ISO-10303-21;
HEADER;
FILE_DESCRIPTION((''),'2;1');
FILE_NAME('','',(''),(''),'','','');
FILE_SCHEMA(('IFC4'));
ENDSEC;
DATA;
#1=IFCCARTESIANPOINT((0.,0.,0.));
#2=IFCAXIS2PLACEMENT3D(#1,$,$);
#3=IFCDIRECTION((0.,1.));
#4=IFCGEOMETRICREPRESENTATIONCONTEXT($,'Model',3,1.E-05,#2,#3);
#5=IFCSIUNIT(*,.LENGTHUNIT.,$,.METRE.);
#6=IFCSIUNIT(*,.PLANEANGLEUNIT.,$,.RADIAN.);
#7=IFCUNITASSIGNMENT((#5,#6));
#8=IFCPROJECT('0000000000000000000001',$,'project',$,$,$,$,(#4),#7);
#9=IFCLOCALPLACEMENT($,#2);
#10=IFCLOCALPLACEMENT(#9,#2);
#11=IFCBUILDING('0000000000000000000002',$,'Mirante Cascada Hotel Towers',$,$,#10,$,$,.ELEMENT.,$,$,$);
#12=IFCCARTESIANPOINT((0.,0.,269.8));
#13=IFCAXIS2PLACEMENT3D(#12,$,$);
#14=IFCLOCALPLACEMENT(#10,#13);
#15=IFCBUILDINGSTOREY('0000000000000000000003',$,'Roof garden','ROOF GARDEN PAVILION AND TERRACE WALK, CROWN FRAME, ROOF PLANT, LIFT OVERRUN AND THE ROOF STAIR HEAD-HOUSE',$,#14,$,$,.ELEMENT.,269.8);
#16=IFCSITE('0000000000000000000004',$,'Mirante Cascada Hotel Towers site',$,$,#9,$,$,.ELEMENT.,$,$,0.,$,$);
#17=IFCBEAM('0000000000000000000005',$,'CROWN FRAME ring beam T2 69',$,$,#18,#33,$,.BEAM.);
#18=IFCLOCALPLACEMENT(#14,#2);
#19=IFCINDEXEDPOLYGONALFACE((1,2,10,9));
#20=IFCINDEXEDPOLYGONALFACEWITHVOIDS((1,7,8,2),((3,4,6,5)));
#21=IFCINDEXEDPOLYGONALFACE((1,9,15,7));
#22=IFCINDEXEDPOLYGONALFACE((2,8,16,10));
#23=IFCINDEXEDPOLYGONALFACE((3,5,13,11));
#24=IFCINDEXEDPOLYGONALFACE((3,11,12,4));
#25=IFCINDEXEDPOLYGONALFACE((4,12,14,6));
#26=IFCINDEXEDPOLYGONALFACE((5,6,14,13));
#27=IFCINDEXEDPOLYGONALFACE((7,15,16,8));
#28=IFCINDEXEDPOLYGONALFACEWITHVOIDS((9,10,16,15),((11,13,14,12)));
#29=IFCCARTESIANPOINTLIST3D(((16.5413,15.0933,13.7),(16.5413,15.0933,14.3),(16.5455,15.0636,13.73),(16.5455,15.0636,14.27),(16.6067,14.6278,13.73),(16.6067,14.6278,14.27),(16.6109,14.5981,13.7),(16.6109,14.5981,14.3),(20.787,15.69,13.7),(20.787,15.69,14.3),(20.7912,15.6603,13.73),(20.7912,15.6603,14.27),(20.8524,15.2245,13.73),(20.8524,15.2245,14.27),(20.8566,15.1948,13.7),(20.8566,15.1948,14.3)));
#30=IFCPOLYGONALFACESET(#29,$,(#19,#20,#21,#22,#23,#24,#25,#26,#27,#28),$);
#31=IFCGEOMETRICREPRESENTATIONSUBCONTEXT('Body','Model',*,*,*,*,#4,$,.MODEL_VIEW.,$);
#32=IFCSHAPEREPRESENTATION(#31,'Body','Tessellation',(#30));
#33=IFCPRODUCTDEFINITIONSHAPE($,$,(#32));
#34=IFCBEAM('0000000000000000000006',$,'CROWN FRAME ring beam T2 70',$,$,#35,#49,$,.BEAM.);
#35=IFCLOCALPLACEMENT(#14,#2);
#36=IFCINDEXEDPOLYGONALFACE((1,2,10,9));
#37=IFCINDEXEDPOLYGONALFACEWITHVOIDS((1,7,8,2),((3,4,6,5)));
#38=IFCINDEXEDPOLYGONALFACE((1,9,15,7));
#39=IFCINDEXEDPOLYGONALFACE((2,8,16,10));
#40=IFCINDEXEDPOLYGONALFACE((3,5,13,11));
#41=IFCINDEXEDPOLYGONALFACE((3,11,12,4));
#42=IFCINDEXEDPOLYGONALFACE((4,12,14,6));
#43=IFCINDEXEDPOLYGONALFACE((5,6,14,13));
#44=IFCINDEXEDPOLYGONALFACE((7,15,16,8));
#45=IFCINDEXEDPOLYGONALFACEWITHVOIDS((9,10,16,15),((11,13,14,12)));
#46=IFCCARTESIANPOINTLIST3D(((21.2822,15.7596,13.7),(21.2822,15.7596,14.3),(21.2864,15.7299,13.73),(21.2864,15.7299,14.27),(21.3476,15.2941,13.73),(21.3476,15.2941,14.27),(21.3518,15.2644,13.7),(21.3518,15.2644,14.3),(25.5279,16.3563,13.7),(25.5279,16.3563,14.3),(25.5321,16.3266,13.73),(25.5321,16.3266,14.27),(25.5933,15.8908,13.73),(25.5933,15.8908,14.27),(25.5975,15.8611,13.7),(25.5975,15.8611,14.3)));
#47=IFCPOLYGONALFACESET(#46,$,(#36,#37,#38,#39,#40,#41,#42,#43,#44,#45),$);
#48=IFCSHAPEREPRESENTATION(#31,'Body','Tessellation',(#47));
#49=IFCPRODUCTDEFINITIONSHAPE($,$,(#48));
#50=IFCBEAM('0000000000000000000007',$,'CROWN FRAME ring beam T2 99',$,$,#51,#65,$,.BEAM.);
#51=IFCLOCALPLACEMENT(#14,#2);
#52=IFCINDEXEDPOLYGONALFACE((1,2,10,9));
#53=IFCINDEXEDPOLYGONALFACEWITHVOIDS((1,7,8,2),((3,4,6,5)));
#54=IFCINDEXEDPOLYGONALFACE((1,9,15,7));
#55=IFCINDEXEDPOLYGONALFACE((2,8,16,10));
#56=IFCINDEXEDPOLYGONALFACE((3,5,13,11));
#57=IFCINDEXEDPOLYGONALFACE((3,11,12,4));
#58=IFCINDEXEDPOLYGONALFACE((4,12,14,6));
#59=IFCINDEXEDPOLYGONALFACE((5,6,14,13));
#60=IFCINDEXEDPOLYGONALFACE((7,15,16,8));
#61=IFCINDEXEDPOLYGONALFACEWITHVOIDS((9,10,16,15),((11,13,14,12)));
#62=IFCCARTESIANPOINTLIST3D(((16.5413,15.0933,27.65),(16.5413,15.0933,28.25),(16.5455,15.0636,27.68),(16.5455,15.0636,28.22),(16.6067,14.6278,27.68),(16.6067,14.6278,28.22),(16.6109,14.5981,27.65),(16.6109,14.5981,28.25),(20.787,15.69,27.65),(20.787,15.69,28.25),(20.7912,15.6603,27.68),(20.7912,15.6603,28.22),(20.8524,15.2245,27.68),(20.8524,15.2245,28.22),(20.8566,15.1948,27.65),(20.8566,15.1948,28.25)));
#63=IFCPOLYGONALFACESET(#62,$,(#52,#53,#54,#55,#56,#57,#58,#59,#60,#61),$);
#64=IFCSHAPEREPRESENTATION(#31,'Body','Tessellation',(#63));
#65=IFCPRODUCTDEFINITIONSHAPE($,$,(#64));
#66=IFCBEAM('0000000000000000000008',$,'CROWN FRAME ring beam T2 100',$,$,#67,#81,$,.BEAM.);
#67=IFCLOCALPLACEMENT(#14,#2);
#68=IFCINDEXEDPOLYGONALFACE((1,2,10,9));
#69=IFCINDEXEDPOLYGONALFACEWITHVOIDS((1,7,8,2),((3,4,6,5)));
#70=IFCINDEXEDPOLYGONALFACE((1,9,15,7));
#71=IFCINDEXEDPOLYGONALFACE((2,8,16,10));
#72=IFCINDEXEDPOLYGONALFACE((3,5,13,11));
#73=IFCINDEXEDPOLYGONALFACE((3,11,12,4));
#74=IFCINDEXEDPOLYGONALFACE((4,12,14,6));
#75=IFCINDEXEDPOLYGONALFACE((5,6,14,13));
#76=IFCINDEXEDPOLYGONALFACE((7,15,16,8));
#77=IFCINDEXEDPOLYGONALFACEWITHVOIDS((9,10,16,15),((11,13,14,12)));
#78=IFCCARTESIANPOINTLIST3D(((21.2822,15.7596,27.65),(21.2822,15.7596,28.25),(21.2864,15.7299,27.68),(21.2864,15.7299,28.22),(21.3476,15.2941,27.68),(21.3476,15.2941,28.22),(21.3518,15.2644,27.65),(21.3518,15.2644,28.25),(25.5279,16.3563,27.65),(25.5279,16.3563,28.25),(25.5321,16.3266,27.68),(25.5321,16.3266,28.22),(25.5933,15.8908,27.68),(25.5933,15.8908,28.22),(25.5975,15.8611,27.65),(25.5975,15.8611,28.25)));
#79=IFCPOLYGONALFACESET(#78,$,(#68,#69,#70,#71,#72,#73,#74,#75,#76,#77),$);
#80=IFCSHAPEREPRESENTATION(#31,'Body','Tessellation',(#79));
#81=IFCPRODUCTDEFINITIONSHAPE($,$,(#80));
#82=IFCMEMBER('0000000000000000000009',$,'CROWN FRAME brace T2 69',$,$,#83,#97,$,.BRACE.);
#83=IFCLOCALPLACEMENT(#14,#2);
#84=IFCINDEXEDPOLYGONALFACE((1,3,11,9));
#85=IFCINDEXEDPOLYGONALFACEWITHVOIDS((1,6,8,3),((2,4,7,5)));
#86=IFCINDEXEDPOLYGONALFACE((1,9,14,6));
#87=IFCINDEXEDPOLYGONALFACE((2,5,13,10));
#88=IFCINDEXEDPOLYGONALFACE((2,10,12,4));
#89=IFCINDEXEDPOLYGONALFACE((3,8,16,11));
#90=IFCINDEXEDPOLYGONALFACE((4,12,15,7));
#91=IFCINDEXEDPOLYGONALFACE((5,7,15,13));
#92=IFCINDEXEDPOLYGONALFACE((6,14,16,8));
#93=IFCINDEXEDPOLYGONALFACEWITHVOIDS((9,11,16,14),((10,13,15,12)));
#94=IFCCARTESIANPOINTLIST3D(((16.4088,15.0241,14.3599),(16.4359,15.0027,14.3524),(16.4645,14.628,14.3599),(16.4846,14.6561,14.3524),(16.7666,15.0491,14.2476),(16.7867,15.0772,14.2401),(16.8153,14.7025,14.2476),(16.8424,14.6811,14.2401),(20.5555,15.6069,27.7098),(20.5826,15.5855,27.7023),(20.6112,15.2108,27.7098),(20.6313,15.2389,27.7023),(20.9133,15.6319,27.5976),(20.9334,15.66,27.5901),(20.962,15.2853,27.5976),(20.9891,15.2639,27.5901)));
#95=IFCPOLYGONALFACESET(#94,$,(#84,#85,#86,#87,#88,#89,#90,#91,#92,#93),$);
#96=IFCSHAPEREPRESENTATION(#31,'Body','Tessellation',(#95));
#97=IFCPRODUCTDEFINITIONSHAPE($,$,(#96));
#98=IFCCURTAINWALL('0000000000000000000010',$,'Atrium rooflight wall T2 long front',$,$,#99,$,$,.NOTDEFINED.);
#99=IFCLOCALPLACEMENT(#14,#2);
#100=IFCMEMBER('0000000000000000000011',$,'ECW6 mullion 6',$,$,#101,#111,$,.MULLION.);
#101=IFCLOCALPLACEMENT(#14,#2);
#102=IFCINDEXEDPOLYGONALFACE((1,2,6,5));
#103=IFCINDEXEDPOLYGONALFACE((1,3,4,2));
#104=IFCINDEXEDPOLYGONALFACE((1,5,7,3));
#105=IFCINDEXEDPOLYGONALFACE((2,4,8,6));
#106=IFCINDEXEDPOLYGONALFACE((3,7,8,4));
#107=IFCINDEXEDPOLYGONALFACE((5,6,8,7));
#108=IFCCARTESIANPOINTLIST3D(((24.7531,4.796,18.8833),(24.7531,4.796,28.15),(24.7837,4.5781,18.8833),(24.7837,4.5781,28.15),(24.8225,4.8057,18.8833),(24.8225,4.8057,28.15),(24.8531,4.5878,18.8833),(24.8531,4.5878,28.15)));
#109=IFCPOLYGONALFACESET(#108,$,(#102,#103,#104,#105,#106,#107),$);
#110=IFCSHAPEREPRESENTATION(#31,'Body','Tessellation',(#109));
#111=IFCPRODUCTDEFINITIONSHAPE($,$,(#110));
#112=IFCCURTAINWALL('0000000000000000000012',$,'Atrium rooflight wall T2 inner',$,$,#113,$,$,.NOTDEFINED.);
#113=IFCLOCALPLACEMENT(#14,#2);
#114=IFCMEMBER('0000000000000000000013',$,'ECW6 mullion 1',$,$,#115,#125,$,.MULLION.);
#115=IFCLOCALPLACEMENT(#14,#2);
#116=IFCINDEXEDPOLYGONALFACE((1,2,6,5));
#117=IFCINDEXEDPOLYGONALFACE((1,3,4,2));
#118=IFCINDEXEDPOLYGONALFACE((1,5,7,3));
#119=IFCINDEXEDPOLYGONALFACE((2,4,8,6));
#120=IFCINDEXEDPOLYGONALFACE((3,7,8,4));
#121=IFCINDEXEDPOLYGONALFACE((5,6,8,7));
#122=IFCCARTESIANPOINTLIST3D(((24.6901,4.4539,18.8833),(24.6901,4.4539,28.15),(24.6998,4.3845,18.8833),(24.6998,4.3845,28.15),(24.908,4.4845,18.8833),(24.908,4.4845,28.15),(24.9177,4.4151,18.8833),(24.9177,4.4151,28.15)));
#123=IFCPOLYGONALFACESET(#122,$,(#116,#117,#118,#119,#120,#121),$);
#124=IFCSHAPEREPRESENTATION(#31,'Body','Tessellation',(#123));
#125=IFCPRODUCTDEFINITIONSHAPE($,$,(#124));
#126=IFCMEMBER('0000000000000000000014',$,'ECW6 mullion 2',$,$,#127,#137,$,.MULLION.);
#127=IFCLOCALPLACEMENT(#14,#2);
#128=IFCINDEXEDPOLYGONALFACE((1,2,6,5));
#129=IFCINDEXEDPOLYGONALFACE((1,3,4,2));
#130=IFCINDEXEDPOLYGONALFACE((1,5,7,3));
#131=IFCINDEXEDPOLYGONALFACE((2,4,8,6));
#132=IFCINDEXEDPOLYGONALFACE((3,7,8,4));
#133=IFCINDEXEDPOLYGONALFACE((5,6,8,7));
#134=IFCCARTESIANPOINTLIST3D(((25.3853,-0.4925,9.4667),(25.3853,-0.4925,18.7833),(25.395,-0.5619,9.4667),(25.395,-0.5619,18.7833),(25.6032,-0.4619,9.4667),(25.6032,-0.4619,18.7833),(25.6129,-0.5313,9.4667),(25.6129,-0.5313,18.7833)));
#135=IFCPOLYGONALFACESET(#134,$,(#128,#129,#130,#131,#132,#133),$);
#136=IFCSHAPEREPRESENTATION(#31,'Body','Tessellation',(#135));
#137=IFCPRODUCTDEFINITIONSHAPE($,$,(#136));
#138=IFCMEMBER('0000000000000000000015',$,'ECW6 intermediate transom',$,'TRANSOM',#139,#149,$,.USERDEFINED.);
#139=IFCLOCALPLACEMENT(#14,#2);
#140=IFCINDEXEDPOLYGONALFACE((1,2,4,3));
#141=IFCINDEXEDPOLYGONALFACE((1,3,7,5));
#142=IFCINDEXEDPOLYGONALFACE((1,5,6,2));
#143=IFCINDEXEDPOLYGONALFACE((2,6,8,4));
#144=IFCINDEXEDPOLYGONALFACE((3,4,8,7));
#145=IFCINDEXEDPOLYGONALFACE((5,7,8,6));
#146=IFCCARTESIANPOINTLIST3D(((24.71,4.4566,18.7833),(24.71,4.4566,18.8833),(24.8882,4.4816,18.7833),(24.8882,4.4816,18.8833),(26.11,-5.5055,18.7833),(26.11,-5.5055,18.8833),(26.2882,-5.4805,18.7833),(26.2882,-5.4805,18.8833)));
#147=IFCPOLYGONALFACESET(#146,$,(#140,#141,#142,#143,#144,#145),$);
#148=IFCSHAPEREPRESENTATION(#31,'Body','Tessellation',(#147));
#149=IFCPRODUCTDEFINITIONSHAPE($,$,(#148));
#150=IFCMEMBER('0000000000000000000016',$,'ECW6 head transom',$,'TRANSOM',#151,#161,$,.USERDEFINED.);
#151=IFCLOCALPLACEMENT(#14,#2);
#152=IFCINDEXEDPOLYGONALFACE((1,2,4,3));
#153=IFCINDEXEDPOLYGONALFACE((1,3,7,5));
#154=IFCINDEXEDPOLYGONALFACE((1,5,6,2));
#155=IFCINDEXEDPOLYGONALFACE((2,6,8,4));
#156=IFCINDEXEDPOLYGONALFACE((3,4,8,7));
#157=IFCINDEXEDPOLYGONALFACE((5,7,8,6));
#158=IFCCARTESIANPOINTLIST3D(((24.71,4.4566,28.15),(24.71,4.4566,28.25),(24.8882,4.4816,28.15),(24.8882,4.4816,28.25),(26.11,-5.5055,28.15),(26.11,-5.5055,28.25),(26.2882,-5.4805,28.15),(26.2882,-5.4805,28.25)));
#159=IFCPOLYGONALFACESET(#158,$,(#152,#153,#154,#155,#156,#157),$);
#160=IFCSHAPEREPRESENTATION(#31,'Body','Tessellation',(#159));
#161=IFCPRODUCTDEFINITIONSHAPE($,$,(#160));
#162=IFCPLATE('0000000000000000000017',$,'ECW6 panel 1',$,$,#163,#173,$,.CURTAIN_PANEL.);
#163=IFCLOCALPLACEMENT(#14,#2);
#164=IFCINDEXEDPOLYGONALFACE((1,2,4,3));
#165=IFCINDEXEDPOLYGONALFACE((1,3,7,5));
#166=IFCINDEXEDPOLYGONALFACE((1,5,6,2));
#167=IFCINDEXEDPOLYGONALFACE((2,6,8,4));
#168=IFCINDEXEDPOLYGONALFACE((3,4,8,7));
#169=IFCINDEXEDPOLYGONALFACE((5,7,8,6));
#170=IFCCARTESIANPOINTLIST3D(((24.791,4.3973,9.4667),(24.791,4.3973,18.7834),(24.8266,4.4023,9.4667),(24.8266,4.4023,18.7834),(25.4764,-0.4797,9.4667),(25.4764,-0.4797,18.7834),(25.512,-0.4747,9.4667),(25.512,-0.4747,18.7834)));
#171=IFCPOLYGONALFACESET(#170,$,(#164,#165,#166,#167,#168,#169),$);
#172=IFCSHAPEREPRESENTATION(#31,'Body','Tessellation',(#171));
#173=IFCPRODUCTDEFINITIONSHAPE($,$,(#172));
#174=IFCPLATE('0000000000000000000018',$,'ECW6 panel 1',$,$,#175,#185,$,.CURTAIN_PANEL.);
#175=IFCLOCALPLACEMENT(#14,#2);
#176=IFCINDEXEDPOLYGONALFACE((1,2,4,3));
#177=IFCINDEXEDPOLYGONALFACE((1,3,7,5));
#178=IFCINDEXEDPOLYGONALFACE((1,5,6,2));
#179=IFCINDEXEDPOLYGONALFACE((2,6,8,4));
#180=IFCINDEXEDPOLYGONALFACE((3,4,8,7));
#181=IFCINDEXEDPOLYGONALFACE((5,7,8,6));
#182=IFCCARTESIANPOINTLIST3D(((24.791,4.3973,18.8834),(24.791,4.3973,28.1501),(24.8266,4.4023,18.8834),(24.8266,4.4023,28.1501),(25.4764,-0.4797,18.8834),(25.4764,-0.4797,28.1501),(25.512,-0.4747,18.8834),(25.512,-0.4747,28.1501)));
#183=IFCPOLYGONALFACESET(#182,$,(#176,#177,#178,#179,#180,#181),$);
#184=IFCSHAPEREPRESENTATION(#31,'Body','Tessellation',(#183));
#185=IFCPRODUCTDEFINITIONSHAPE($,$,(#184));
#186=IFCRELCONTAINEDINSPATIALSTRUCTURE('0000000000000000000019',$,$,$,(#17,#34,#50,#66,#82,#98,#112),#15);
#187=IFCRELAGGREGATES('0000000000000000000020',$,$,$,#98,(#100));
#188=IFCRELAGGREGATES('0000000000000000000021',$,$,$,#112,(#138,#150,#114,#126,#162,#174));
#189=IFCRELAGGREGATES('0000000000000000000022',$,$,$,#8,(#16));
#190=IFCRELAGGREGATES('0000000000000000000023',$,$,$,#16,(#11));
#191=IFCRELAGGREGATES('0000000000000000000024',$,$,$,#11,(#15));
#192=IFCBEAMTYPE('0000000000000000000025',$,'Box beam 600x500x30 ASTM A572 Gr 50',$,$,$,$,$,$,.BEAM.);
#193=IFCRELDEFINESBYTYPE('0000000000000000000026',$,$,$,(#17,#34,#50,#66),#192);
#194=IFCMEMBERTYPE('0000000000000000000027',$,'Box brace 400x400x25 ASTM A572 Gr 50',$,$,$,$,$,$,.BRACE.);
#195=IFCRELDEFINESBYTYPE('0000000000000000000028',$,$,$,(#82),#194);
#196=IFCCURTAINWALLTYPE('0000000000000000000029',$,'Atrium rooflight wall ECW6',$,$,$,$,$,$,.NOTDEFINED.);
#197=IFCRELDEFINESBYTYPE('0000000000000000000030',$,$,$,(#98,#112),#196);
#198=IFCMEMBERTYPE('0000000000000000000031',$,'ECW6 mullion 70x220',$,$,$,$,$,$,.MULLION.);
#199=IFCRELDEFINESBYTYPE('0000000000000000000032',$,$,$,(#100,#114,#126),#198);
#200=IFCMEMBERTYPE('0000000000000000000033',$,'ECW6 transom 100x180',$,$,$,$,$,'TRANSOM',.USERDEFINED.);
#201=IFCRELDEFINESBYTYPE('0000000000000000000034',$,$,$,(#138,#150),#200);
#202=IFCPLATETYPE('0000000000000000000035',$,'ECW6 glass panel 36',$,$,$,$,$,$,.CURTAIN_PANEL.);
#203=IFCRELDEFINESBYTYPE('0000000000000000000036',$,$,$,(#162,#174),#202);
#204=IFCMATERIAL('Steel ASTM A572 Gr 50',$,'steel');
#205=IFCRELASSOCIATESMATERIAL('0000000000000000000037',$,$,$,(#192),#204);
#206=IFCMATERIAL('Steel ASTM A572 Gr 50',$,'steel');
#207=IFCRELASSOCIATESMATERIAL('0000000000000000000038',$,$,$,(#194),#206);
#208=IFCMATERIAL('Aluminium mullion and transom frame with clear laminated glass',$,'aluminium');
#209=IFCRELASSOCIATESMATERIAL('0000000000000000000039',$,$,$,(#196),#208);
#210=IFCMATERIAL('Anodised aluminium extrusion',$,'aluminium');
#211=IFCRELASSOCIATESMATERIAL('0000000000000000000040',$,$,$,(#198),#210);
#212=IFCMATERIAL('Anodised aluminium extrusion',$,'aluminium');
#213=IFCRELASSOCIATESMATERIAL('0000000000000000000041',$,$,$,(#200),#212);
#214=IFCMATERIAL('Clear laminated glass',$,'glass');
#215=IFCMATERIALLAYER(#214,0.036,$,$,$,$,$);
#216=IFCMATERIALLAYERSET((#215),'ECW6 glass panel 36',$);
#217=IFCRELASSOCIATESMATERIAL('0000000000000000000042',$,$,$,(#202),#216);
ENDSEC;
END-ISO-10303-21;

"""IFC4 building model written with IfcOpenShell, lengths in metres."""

from ifc_helpers import new_model, si_unit, direction, frame, origin, origin_2d, place, context, subcontext, project, spatial, rectangle, hollow_rectangle, extrude, material, layer, layer_set, material_profile, profile_set, type_object, element, aggregate, save


model = new_model("IFC4")

# Units and contexts
model_context = context("Model", 3, precision=1e-05, world=origin(), true_north=direction((0.0, 1.0)))
body_context = subcontext(model_context, "Body", "Model", "MODEL_VIEW")
ifc_project = project(units=[si_unit("LENGTHUNIT", "METRE"), si_unit("PLANEANGLEUNIT", "RADIAN")], contexts=[model_context])

# Site, building, storey
site_placement = place(None, origin())
site = spatial("IfcSite", under=ifc_project, at=site_placement, Name="Mirante Cascada Hotel Towers site", CompositionType="ELEMENT", RefElevation=0.0)
building_placement = place(site_placement, origin())
building = spatial("IfcBuilding", under=site, at=building_placement, Name="Mirante Cascada Hotel Towers", CompositionType="ELEMENT")
storey_placement = place(building_placement, frame((0.0, 0.0, 269.8)))
storey = spatial("IfcBuildingStorey", under=building, at=storey_placement, Name="Roof garden", Description="ROOF GARDEN PAVILION AND TERRACE WALK, CROWN FRAME, ROOF PLANT, LIFT OVERRUN AND THE ROOF STAIR HEAD-HOUSE", CompositionType="ELEMENT", Elevation=269.8)

# Beams
ifc_material_1 = material(Name="Steel ASTM A572 Gr 50", Category="steel")
ifc_material_profile_1 = material_profile(ifc_material_1, hollow_rectangle(XDim=0.5, YDim=0.6, WallThickness=0.03, at=origin_2d()), Name="Box beam 600x500x30 ASTM A572 Gr 50")
ifc_profile_set_1 = profile_set([ifc_material_profile_1], Name="Steel ASTM A572 Gr 50")
beam_type = type_object("IfcBeamType", Name="Box beam 600x500x30 ASTM A572 Gr 50", PredefinedType="BEAM", material=ifc_profile_set_1)
for number, where, z_axis, x_axis, name in (
    (1, (16.5761, 14.8457, 14.0), (0.990268, 0.139174, 0.0), (-0.139174, 0.990268, 0.0), "CROWN FRAME ring beam T2 69"),
    (2, (21.317, 15.512, 14.0), (0.990268, 0.139174, 0.0), (-0.139174, 0.990268, 0.0), "CROWN FRAME ring beam T2 70"),
    (3, (16.5761, 14.8457, 27.95), (0.990268, 0.139174, 0.0), (-0.139174, 0.990268, 0.0), "CROWN FRAME ring beam T2 99"),
    (4, (21.317, 15.512, 27.95), (0.990268, 0.139174, 0.0), (-0.139174, 0.990268, 0.0), "CROWN FRAME ring beam T2 100"),
):
    element("IfcBeam", number, at=place(storey_placement, frame(where, z_axis=z_axis, x_axis=x_axis)), inside=storey, type_object=beam_type, Name=name, PredefinedType="BEAM", context=body_context, shape_type="SweptSolid", body=[
        extrude(hollow_rectangle(XDim=0.5, YDim=0.6, WallThickness=0.03, at=origin_2d()), origin(), (0.0, 0.0, 1.0), 4.2874),
    ])

# Member
ifc_material_2 = material(Name="Steel ASTM A572 Gr 50", Category="steel")
ifc_material_profile_2 = material_profile(ifc_material_2, hollow_rectangle(XDim=0.4, YDim=0.4, WallThickness=0.025, at=origin_2d()), Name="Box brace 400x400x25 ASTM A572 Gr 50")
ifc_profile_set_2 = profile_set([ifc_material_profile_2], Name="Steel ASTM A572 Gr 50")
member_type_1 = type_object("IfcMemberType", Name="Box brace 400x400x25 ASTM A572 Gr 50", PredefinedType="BRACE", material=ifc_profile_set_2)
member_1_placement = place(storey_placement, frame((16.6256, 14.8526, 14.3), z_axis=(0.296376, 0.041654, 0.954162), x_axis=(-0.139178, 0.990267, 0.0)))
element("IfcMember", 5, at=member_1_placement, inside=storey, type_object=member_type_1, Name="CROWN FRAME brace T2 69", PredefinedType="BRACE", context=body_context, shape_type="SweptSolid", body=[
    extrude(hollow_rectangle(XDim=0.4, YDim=0.4, WallThickness=0.025, at=origin_2d()), origin(), (0.0, 0.0, 1.0), 13.9913),
])

# Curtain wall, member
ifc_material_3 = material(Name="Aluminium mullion and transom frame with clear laminated glass", Category="aluminium")
curtain_wall_type = type_object("IfcCurtainWallType", Name="Atrium rooflight wall ECW6", PredefinedType="NOTDEFINED", material=ifc_material_3)
curtain_wall_1_placement = place(storey_placement, origin())
curtain_wall_1 = element("IfcCurtainWall", 6, at=curtain_wall_1_placement, inside=storey, type_object=curtain_wall_type, Name="Atrium rooflight wall T2 long front", PredefinedType="NOTDEFINED")
ifc_material_4 = material(Name="Anodised aluminium extrusion", Category="aluminium")
ifc_material_profile_3 = material_profile(ifc_material_4, rectangle(XDim=0.22, YDim=0.07, at=origin_2d()), Name="ECW6 MULLION 70x220")
ifc_profile_set_3 = profile_set([ifc_material_profile_3], Name="Anodised aluminium extrusion")
member_type_2 = type_object("IfcMemberType", Name="ECW6 mullion 70x220", PredefinedType="MULLION", material=ifc_profile_set_3)
member_2_placement = place(storey_placement, frame((24.8031, 4.6919, 18.8833), z_axis=(0.0, 0.0, 1.0), x_axis=(0.139173, -0.990268, 0.0)))
member_2 = element("IfcMember", 7, at=member_2_placement, type_object=member_type_2, Name="ECW6 mullion 6", PredefinedType="MULLION", context=body_context, shape_type="SweptSolid", body=[
    extrude(rectangle(XDim=0.22, YDim=0.07, at=origin_2d()), origin(), (0.0, 0.0, 1.0), 9.2667),
])
aggregate(curtain_wall_1, [member_2])

# Curtain wall, members, plates
curtain_wall_2_placement = place(storey_placement, origin())
curtain_wall_2 = element("IfcCurtainWall", 8, at=curtain_wall_2_placement, inside=storey, type_object=curtain_wall_type, Name="Atrium rooflight wall T2 inner", PredefinedType="NOTDEFINED")
member_3_placement = place(storey_placement, frame((24.8039, 4.4345, 18.8833), z_axis=(0.0, 0.0, 1.0), x_axis=(0.990268, 0.139173, 0.0)))
member_3 = element("IfcMember", 9, at=member_3_placement, type_object=member_type_2, Name="ECW6 mullion 1", PredefinedType="MULLION", context=body_context, shape_type="SweptSolid", body=[
    extrude(rectangle(XDim=0.22, YDim=0.07, at=origin_2d()), origin(), (0.0, 0.0, 1.0), 9.2667),
])
member_4_placement = place(storey_placement, frame((25.4991, -0.5119, 9.4667), z_axis=(0.0, 0.0, 1.0), x_axis=(0.990268, 0.139173, 0.0)))
member_4 = element("IfcMember", 10, at=member_4_placement, type_object=member_type_2, Name="ECW6 mullion 2", PredefinedType="MULLION", context=body_context, shape_type="SweptSolid", body=[
    extrude(rectangle(XDim=0.22, YDim=0.07, at=origin_2d()), origin(), (0.0, 0.0, 1.0), 9.3166),
])
ifc_material_5 = material(Name="Anodised aluminium extrusion", Category="aluminium")
ifc_material_profile_4 = material_profile(ifc_material_5, rectangle(XDim=0.18, YDim=0.1, at=origin_2d()), Name="ECW6 TRANSOM 100x180")
ifc_profile_set_4 = profile_set([ifc_material_profile_4], Name="Anodised aluminium extrusion")
member_type_3 = type_object("IfcMemberType", Name="ECW6 transom 100x180", ElementType="TRANSOM", PredefinedType="USERDEFINED", material=ifc_profile_set_4)
member_5_placement = place(storey_placement, frame((24.7991, 4.4691, 18.8333), z_axis=(0.139165, -0.990269, 0.0), x_axis=(0.990269, 0.139165, 0.0)))
member_5 = element("IfcMember", 11, at=member_5_placement, type_object=member_type_3, Name="ECW6 intermediate transom", ObjectType="TRANSOM", PredefinedType="USERDEFINED", context=body_context, shape_type="SweptSolid", body=[
    extrude(rectangle(XDim=0.18, YDim=0.1, at=origin_2d()), origin(), (0.0, 0.0, 1.0), 10.06),
])
member_6_placement = place(storey_placement, frame((24.7991, 4.4691, 28.2), z_axis=(0.139165, -0.990269, 0.0), x_axis=(0.990269, 0.139165, 0.0)))
member_6 = element("IfcMember", 12, at=member_6_placement, type_object=member_type_3, Name="ECW6 head transom", ObjectType="TRANSOM", PredefinedType="USERDEFINED", context=body_context, shape_type="SweptSolid", body=[
    extrude(rectangle(XDim=0.18, YDim=0.1, at=origin_2d()), origin(), (0.0, 0.0, 1.0), 10.06),
])
ifc_material_6 = material(Name="Clear laminated glass", Category="glass")
ifc_layer_1 = layer(ifc_material_6, 0.036)
ifc_layer_set_1 = layer_set([ifc_layer_1], Name="ECW6 glass panel 36")
plate_type = type_object("IfcPlateType", Name="ECW6 glass panel 36", PredefinedType="CURTAIN_PANEL", material=ifc_layer_set_1)
plate_1_placement = place(storey_placement, frame((25.1515, 1.9613, 9.4667), z_axis=(0.0, 0.0, 1.0), x_axis=(0.139173, -0.990268, 0.0)))
plate_1 = element("IfcPlate", 13, at=plate_1_placement, type_object=plate_type, Name="ECW6 panel 1", PredefinedType="CURTAIN_PANEL", context=body_context, shape_type="SweptSolid", body=[
    extrude(rectangle(XDim=4.925, YDim=0.036, at=origin_2d()), origin(), (0.0, 0.0, 1.0), 9.3167),
])
plate_2_placement = place(storey_placement, frame((25.1515, 1.9613, 18.8834), z_axis=(0.0, 0.0, 1.0), x_axis=(0.139173, -0.990268, 0.0)))
plate_2 = element("IfcPlate", 14, at=plate_2_placement, type_object=plate_type, Name="ECW6 panel 1", PredefinedType="CURTAIN_PANEL", context=body_context, shape_type="SweptSolid", body=[
    extrude(rectangle(XDim=4.925, YDim=0.036, at=origin_2d()), origin(), (0.0, 0.0, 1.0), 9.2667),
])
aggregate(curtain_wall_2, [member_5, member_6, member_3, member_4, plate_1, plate_2])

save(model, "model.ifc")
